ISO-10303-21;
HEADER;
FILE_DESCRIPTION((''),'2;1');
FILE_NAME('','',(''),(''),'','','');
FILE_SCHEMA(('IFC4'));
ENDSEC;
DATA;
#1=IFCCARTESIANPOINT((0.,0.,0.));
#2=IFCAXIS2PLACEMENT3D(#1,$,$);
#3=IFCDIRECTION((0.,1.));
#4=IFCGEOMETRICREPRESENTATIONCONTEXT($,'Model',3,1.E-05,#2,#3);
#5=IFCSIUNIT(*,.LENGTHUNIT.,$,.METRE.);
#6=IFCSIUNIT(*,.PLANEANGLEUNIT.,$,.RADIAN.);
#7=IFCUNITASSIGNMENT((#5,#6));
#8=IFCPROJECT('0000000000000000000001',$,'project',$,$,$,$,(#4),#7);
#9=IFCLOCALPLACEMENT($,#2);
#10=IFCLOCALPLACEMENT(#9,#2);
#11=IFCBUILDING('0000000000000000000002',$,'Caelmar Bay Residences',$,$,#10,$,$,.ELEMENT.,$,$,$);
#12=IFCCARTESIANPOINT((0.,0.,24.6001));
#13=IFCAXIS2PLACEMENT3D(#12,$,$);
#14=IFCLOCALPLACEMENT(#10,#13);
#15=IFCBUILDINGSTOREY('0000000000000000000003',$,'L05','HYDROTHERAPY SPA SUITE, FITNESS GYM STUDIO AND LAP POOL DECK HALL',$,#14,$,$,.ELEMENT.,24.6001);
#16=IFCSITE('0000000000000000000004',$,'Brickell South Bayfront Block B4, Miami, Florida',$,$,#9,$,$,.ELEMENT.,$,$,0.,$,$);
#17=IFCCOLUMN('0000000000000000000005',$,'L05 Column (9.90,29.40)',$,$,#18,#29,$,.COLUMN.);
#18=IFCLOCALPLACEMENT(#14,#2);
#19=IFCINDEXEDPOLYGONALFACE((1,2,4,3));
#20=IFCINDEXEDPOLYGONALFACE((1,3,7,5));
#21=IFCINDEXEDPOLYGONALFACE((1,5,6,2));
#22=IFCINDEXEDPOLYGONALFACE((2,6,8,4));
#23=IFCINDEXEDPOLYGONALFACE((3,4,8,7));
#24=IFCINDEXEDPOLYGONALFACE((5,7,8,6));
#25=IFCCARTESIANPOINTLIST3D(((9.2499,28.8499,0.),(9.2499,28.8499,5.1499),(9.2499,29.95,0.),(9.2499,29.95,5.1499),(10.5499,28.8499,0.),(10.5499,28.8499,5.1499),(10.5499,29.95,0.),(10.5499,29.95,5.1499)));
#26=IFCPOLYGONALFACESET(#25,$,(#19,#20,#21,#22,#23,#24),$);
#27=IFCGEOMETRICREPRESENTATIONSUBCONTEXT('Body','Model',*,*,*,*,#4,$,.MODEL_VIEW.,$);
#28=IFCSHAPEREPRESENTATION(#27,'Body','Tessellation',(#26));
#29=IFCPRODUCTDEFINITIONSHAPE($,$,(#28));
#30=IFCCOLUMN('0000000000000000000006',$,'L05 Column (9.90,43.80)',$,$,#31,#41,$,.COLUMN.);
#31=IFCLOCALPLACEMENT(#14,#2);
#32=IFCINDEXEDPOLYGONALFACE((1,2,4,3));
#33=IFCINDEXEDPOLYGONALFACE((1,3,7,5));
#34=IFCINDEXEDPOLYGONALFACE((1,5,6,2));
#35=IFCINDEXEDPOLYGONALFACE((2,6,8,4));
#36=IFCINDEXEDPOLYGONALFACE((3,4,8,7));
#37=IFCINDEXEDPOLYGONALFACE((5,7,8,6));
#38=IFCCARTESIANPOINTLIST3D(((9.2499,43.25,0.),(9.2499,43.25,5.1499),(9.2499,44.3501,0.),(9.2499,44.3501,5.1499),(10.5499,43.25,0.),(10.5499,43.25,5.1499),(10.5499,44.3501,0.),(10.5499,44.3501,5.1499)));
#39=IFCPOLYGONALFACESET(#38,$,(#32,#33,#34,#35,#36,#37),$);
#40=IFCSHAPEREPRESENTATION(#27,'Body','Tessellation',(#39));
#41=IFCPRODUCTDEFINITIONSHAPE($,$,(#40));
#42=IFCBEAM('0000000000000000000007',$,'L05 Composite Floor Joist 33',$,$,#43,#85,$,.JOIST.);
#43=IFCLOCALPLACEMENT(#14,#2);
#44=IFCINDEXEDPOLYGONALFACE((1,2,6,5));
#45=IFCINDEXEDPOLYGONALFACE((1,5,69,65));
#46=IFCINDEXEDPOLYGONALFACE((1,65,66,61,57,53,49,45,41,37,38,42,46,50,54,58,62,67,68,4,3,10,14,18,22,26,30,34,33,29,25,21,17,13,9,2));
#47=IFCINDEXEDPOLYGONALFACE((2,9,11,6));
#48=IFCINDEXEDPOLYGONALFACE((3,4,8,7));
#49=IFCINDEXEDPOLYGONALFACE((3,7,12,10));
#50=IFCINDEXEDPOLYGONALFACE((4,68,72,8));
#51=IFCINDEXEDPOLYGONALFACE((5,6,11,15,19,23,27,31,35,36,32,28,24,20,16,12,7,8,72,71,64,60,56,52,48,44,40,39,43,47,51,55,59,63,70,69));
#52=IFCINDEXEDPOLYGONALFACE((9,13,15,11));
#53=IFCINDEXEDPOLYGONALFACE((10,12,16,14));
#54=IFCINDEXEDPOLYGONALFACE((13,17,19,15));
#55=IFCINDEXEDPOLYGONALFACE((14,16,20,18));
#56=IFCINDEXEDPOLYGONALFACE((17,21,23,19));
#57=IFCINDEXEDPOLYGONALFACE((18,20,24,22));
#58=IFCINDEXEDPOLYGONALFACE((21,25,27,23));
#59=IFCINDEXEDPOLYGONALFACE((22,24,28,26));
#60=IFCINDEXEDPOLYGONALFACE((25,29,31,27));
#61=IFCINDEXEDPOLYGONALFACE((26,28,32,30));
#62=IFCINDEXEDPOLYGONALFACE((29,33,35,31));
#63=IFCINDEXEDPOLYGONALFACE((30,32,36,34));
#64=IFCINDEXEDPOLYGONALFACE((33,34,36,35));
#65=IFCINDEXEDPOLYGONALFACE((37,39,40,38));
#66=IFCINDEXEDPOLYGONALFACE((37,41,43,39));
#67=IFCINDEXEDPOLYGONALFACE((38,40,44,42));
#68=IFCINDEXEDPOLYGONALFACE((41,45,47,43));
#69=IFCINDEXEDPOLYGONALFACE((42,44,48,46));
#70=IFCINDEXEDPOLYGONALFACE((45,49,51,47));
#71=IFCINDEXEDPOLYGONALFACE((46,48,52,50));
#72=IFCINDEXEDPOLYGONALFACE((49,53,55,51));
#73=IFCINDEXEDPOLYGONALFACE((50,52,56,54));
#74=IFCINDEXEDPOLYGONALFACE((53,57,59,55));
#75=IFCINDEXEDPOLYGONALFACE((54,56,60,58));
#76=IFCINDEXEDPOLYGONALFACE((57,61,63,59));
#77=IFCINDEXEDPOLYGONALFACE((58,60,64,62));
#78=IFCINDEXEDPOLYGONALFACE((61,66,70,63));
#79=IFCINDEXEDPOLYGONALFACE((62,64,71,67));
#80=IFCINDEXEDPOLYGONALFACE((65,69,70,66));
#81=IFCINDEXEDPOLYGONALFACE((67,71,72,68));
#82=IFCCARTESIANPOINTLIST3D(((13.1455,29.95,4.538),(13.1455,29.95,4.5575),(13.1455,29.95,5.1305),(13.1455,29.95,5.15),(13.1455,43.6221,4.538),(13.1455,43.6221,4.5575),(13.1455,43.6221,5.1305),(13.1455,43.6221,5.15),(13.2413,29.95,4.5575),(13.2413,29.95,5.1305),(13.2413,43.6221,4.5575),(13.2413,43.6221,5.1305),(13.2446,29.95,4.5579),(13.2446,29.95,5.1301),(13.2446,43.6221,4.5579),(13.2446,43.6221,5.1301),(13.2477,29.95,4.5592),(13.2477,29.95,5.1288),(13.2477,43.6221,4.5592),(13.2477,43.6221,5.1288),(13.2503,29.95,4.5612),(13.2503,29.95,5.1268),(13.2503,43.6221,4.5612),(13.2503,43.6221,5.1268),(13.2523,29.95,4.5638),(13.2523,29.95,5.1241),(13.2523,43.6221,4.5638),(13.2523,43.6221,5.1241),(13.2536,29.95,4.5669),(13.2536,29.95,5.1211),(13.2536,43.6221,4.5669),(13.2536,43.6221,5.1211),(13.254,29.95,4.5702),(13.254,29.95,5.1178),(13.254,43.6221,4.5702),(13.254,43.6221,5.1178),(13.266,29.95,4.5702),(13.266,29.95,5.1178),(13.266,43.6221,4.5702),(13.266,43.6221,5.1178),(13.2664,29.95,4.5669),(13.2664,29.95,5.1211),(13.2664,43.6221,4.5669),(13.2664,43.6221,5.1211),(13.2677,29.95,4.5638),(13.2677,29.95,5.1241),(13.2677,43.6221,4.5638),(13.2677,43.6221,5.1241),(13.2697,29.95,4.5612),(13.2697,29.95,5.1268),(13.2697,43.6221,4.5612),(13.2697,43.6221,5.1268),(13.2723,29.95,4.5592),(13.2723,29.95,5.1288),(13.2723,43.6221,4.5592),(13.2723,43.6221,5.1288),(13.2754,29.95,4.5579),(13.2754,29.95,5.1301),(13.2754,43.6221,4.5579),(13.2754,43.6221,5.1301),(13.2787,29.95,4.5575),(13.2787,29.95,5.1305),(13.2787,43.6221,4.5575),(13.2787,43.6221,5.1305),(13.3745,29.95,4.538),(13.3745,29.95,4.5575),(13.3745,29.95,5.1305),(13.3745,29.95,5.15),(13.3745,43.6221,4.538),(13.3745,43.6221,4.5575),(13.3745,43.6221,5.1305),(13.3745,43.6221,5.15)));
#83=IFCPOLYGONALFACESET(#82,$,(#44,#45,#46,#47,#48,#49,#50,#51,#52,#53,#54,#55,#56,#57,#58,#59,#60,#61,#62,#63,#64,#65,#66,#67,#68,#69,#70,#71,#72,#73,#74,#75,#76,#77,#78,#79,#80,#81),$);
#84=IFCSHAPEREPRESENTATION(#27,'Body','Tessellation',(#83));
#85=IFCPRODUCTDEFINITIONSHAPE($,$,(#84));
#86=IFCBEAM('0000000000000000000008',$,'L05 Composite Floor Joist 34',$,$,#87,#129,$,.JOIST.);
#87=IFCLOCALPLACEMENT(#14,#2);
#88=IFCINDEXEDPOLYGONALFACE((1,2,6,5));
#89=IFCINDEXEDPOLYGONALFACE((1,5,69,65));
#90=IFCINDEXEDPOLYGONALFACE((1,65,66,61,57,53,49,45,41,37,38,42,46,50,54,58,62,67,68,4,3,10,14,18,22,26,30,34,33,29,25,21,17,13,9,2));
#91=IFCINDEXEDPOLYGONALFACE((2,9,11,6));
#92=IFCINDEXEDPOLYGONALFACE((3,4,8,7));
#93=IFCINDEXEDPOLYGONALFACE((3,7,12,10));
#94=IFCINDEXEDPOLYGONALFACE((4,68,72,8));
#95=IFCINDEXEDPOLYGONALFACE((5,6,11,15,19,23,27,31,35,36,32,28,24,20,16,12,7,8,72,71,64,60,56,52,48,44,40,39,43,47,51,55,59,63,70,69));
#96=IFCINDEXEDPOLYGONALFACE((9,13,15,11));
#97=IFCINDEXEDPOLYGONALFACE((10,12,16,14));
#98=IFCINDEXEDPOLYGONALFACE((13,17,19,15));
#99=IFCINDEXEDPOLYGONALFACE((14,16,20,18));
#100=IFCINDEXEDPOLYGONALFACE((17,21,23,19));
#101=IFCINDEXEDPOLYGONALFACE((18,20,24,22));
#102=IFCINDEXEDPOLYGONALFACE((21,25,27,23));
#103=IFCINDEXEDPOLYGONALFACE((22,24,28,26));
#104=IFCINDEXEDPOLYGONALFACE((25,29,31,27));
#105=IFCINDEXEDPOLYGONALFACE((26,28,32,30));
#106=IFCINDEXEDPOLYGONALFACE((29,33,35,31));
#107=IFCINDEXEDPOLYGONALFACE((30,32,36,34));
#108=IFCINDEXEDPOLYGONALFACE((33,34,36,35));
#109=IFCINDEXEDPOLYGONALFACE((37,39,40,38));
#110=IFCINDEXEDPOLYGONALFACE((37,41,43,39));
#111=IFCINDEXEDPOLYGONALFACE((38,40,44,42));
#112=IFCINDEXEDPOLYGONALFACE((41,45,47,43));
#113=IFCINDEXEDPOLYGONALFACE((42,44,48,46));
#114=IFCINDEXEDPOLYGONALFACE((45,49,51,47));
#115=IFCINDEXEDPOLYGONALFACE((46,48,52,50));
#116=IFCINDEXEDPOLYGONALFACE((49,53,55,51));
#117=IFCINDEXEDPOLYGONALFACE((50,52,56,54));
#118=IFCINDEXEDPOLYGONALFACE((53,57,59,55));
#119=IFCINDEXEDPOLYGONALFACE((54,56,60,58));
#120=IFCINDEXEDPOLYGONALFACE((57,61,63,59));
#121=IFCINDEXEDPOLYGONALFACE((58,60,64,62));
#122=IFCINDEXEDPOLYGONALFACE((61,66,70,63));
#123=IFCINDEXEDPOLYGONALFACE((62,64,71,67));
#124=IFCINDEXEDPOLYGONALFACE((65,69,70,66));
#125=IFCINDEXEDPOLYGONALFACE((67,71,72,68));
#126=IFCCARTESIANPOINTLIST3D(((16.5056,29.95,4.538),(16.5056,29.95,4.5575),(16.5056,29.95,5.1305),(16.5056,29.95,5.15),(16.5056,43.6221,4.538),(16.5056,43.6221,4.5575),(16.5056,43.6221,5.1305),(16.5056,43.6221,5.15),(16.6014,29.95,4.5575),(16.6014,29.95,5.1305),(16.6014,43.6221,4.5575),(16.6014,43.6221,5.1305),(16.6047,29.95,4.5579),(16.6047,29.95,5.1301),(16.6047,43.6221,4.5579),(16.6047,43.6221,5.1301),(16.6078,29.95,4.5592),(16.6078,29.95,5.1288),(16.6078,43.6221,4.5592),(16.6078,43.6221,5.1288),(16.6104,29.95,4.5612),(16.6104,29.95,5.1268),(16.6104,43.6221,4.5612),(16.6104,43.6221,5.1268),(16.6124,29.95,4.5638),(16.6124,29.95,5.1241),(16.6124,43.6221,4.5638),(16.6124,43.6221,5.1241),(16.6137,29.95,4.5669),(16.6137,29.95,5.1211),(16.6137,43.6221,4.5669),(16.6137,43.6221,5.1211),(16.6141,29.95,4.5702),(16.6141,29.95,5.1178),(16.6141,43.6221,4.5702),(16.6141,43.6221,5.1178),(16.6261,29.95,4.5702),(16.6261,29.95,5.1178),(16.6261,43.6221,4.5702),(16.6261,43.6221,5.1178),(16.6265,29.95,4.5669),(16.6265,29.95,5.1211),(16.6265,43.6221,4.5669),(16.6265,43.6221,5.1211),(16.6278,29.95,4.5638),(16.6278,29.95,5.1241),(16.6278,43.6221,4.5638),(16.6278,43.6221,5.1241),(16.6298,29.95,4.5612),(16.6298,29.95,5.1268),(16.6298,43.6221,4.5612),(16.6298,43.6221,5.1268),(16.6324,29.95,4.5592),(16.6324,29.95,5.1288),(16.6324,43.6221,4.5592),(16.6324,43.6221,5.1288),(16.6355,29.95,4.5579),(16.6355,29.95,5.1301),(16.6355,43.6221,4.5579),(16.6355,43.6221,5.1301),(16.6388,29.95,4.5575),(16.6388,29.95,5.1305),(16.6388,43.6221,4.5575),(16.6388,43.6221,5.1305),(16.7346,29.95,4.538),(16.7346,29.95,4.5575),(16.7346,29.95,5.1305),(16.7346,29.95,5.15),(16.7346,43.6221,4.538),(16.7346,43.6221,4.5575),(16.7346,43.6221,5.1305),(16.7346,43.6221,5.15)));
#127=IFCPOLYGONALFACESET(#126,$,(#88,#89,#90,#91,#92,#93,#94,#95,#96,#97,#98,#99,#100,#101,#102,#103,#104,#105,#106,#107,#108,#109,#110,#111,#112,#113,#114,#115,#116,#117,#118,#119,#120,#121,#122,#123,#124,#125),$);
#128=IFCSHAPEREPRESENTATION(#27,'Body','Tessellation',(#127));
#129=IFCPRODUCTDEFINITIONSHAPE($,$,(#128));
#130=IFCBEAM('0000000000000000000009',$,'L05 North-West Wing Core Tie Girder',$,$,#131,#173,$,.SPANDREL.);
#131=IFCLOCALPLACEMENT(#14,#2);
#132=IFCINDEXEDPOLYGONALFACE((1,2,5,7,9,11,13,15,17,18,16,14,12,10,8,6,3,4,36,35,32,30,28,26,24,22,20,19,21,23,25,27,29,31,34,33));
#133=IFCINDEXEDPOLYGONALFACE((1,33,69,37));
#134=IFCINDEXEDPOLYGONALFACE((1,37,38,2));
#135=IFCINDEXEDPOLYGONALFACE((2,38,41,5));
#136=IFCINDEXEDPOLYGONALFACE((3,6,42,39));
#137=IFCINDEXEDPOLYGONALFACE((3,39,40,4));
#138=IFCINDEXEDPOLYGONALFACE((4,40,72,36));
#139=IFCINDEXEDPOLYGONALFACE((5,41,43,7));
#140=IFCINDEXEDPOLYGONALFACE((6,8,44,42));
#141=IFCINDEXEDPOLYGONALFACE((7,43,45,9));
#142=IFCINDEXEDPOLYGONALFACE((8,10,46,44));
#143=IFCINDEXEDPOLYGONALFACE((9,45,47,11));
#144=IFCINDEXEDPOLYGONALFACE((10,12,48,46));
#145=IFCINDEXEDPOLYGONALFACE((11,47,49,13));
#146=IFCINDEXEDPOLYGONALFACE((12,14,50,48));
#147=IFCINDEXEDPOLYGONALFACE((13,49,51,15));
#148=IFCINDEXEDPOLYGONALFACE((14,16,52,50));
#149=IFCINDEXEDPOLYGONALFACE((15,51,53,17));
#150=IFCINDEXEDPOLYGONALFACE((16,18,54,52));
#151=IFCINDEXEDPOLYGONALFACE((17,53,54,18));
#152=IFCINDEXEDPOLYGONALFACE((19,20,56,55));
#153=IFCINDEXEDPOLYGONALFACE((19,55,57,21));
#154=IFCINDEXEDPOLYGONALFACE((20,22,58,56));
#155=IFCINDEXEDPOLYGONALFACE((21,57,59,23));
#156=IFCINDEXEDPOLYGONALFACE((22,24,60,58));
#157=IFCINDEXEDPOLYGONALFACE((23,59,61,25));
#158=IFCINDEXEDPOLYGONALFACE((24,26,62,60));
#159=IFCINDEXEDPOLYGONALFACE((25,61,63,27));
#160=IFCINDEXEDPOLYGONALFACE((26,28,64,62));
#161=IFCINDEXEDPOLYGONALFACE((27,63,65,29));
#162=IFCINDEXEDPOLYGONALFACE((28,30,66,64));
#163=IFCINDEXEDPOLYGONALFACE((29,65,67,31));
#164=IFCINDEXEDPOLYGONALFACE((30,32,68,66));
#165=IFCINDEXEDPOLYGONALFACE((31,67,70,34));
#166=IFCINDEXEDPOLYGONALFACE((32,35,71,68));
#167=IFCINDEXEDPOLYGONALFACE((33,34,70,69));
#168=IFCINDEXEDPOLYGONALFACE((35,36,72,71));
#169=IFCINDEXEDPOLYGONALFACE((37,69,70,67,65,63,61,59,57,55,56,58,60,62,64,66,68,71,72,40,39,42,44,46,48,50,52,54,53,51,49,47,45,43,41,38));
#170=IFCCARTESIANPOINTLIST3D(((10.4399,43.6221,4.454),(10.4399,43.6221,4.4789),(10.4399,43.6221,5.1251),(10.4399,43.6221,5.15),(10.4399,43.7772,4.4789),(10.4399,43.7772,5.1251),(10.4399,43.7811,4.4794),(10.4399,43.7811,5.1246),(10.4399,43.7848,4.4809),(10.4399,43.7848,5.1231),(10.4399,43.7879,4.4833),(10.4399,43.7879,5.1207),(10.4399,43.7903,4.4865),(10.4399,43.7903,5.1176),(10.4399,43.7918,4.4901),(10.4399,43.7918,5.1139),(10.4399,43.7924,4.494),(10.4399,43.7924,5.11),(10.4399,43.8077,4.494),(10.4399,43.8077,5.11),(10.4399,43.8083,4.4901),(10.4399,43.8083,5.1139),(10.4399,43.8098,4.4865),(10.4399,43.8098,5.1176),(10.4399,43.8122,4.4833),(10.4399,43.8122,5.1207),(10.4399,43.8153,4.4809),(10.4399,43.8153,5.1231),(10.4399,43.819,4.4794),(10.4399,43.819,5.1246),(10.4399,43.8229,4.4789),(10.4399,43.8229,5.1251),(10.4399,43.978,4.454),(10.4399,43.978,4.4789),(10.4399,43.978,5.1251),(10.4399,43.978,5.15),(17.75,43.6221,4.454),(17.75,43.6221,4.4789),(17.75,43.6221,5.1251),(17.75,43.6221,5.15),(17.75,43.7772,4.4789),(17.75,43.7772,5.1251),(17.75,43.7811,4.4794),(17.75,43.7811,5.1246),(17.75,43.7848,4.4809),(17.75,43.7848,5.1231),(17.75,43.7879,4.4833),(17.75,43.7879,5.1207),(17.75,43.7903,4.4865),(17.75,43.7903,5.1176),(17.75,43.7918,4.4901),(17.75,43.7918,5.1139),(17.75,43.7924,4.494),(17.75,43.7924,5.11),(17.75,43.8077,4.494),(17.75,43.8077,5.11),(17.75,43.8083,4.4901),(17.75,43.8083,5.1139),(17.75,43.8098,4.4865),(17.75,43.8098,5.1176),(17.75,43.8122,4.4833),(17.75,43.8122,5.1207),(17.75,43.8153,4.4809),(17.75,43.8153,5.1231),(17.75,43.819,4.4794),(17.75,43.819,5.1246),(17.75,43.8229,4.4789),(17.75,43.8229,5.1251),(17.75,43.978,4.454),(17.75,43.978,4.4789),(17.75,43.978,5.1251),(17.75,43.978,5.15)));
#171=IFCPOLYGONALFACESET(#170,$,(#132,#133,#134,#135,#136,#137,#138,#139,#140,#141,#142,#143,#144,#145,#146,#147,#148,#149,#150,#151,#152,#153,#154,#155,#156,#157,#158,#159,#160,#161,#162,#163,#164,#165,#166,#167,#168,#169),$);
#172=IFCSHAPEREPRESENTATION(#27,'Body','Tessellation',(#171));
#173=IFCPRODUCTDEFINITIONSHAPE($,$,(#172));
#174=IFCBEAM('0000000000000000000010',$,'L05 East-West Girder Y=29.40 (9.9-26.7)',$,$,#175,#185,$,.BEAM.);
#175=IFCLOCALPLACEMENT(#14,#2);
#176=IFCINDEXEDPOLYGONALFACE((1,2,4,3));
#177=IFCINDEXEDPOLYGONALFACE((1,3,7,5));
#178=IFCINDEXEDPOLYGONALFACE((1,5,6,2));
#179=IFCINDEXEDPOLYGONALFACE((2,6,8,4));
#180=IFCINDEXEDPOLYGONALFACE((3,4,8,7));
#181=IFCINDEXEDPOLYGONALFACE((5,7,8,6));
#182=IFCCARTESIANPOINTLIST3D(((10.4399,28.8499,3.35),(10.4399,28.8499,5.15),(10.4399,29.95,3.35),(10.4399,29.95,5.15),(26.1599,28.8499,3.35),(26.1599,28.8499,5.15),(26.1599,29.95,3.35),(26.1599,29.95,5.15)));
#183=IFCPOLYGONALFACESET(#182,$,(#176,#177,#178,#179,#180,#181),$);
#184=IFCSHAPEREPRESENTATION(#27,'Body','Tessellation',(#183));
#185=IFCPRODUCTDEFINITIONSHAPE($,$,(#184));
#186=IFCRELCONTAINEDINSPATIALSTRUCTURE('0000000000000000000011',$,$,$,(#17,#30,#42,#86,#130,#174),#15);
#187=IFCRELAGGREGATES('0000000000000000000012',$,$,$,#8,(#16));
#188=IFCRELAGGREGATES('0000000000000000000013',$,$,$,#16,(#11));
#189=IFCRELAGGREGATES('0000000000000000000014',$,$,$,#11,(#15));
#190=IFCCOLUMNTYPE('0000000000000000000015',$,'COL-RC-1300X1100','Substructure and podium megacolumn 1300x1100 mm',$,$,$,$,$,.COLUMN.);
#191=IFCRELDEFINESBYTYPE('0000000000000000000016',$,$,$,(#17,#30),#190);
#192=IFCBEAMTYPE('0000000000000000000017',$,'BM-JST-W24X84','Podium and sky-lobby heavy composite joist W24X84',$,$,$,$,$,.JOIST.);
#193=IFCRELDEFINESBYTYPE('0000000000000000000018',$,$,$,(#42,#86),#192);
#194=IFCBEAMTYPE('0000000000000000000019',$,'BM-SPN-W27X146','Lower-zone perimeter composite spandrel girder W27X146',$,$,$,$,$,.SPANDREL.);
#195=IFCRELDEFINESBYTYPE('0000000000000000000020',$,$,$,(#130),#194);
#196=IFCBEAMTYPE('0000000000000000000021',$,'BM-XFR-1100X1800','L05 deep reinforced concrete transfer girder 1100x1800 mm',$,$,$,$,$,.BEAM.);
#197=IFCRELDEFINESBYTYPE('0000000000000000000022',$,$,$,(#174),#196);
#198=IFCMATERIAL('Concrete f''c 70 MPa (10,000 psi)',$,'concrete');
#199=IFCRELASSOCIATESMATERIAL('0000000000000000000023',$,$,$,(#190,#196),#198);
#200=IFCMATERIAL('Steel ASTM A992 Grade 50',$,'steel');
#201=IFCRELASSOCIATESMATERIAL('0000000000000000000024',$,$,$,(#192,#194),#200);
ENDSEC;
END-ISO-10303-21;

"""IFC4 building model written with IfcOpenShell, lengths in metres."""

from ifc_helpers import new_model, si_unit, direction, frame, origin, origin_2d, place, context, subcontext, project, spatial, rectangle, i_section, extrude, material, material_profile, profile_set, type_object, element, save


model = new_model("IFC4")

# Units and contexts
model_context = context("Model", 3, precision=1e-05, world=origin(), true_north=direction((0.0, 1.0)))
body_context = subcontext(model_context, "Body", "Model", "MODEL_VIEW")
ifc_project = project(units=[si_unit("LENGTHUNIT", "METRE"), si_unit("PLANEANGLEUNIT", "RADIAN")], contexts=[model_context])

# Site, building, storey
site_placement = place(None, origin())
site = spatial("IfcSite", under=ifc_project, at=site_placement, Name="Brickell South Bayfront Block B4, Miami, Florida", CompositionType="ELEMENT", RefElevation=0.0)
building_placement = place(site_placement, origin())
building = spatial("IfcBuilding", under=site, at=building_placement, Name="Caelmar Bay Residences", CompositionType="ELEMENT")
storey_placement = place(building_placement, frame((0.0, 0.0, 24.6001)))
storey = spatial("IfcBuildingStorey", under=building, at=storey_placement, Name="L05", Description="HYDROTHERAPY SPA SUITE, FITNESS GYM STUDIO AND LAP POOL DECK HALL", CompositionType="ELEMENT", Elevation=24.6001)

# Columns
ifc_material_1 = material(Name="Concrete f'c 70 MPa (10,000 psi)", Category="concrete")
ifc_material_profile_1 = material_profile(ifc_material_1, rectangle(XDim=1.3, YDim=1.1001, at=origin_2d()), Name="RC-COL-1300X1100")
ifc_profile_set_1 = profile_set([ifc_material_profile_1], Name="Concrete f'c 70 MPa (10,000 psi)")
column_type = type_object("IfcColumnType", Name="COL-RC-1300X1100", Description="Substructure and podium megacolumn 1300x1100 mm", PredefinedType="COLUMN", material=ifc_profile_set_1)
for number, where, z_axis, x_axis, name in (
    (1, (9.8999, 29.3999, 0.0), (0.0, 0.0, 1.0), (1.0, 0.0, 0.0), "L05 Column (9.90,29.40)"),
    (2, (9.8999, 43.8, 0.0), (0.0, 0.0, 1.0), (1.0, 0.0, 0.0), "L05 Column (9.90,43.80)"),
):
    element("IfcColumn", number, at=place(storey_placement, frame(where, z_axis=z_axis, x_axis=x_axis)), inside=storey, type_object=column_type, Name=name, PredefinedType="COLUMN", context=body_context, shape_type="SweptSolid", body=[
        extrude(rectangle(XDim=1.3, YDim=1.1001, at=origin_2d()), origin(), (0.0, 0.0, 1.0), 5.1499),
    ])

# Beams
ifc_material_2 = material(Name="Steel ASTM A992 Grade 50", Category="steel")
ifc_material_profile_2 = material_profile(ifc_material_2, i_section(OverallWidth=0.229, OverallDepth=0.6121, WebThickness=0.012, FlangeThickness=0.0195, FilletRadius=0.0127, at=origin_2d()), Name="W24X84")
ifc_profile_set_2 = profile_set([ifc_material_profile_2], Name="Steel ASTM A992 Grade 50")
beam_type_1 = type_object("IfcBeamType", Name="BM-JST-W24X84", Description="Podium and sky-lobby heavy composite joist W24X84", PredefinedType="JOIST", material=ifc_profile_set_2)
for number, where, z_axis, x_axis, name in (
    (3, (13.26, 29.95, 4.844), (0.0, 1.0, 0.0), (-1.0, 0.0, 0.0), "L05 Composite Floor Joist 33"),
    (4, (16.6201, 29.95, 4.844), (0.0, 1.0, 0.0), (-1.0, 0.0, 0.0), "L05 Composite Floor Joist 34"),
):
    element("IfcBeam", number, at=place(storey_placement, frame(where, z_axis=z_axis, x_axis=x_axis)), inside=storey, type_object=beam_type_1, Name=name, PredefinedType="JOIST", context=body_context, shape_type="SweptSolid", body=[
        extrude(i_section(OverallWidth=0.229, OverallDepth=0.6121, WebThickness=0.012, FlangeThickness=0.0195, FilletRadius=0.0127, at=origin_2d()), origin(), (0.0, 0.0, 1.0), 13.6721),
    ])
ifc_material_profile_3 = material_profile(ifc_material_2, i_section(OverallWidth=0.356, OverallDepth=0.696, WebThickness=0.0154, FlangeThickness=0.0249, FilletRadius=0.0151, at=origin_2d()), Name="W27X146")
ifc_profile_set_3 = profile_set([ifc_material_profile_3], Name="Steel ASTM A992 Grade 50")
beam_type_2 = type_object("IfcBeamType", Name="BM-SPN-W27X146", Description="Lower-zone perimeter composite spandrel girder W27X146", PredefinedType="SPANDREL", material=ifc_profile_set_3)
beam_1_placement = place(storey_placement, frame((10.4399, 43.8, 4.802), z_axis=(1.0, 0.0, 0.0), x_axis=(0.0, 1.0, 0.0)))
element("IfcBeam", 5, at=beam_1_placement, inside=storey, type_object=beam_type_2, Name="L05 North-West Wing Core Tie Girder", PredefinedType="SPANDREL", context=body_context, shape_type="SweptSolid", body=[
    extrude(i_section(OverallWidth=0.356, OverallDepth=0.696, WebThickness=0.0154, FlangeThickness=0.0249, FilletRadius=0.0151, at=origin_2d()), origin(), (0.0, 0.0, 1.0), 7.3101),
])
ifc_material_profile_4 = material_profile(ifc_material_1, rectangle(XDim=1.1001, YDim=1.8, at=origin_2d()), Name="RC-BM-1100X1800")
ifc_profile_set_4 = profile_set([ifc_material_profile_4], Name="Concrete f'c 70 MPa (10,000 psi)")
beam_type_3 = type_object("IfcBeamType", Name="BM-XFR-1100X1800", Description="L05 deep reinforced concrete transfer girder 1100x1800 mm", PredefinedType="BEAM", material=ifc_profile_set_4)
beam_2_placement = place(storey_placement, frame((10.4399, 29.3999, 4.25), z_axis=(1.0, 0.0, 0.0), x_axis=(0.0, 1.0, 0.0)))
element("IfcBeam", 6, at=beam_2_placement, inside=storey, type_object=beam_type_3, Name="L05 East-West Girder Y=29.40 (9.9-26.7)", PredefinedType="BEAM", context=body_context, shape_type="SweptSolid", body=[
    extrude(rectangle(XDim=1.1001, YDim=1.8, at=origin_2d()), origin(), (0.0, 0.0, 1.0), 15.72),
])

save(model, "model.ifc")
